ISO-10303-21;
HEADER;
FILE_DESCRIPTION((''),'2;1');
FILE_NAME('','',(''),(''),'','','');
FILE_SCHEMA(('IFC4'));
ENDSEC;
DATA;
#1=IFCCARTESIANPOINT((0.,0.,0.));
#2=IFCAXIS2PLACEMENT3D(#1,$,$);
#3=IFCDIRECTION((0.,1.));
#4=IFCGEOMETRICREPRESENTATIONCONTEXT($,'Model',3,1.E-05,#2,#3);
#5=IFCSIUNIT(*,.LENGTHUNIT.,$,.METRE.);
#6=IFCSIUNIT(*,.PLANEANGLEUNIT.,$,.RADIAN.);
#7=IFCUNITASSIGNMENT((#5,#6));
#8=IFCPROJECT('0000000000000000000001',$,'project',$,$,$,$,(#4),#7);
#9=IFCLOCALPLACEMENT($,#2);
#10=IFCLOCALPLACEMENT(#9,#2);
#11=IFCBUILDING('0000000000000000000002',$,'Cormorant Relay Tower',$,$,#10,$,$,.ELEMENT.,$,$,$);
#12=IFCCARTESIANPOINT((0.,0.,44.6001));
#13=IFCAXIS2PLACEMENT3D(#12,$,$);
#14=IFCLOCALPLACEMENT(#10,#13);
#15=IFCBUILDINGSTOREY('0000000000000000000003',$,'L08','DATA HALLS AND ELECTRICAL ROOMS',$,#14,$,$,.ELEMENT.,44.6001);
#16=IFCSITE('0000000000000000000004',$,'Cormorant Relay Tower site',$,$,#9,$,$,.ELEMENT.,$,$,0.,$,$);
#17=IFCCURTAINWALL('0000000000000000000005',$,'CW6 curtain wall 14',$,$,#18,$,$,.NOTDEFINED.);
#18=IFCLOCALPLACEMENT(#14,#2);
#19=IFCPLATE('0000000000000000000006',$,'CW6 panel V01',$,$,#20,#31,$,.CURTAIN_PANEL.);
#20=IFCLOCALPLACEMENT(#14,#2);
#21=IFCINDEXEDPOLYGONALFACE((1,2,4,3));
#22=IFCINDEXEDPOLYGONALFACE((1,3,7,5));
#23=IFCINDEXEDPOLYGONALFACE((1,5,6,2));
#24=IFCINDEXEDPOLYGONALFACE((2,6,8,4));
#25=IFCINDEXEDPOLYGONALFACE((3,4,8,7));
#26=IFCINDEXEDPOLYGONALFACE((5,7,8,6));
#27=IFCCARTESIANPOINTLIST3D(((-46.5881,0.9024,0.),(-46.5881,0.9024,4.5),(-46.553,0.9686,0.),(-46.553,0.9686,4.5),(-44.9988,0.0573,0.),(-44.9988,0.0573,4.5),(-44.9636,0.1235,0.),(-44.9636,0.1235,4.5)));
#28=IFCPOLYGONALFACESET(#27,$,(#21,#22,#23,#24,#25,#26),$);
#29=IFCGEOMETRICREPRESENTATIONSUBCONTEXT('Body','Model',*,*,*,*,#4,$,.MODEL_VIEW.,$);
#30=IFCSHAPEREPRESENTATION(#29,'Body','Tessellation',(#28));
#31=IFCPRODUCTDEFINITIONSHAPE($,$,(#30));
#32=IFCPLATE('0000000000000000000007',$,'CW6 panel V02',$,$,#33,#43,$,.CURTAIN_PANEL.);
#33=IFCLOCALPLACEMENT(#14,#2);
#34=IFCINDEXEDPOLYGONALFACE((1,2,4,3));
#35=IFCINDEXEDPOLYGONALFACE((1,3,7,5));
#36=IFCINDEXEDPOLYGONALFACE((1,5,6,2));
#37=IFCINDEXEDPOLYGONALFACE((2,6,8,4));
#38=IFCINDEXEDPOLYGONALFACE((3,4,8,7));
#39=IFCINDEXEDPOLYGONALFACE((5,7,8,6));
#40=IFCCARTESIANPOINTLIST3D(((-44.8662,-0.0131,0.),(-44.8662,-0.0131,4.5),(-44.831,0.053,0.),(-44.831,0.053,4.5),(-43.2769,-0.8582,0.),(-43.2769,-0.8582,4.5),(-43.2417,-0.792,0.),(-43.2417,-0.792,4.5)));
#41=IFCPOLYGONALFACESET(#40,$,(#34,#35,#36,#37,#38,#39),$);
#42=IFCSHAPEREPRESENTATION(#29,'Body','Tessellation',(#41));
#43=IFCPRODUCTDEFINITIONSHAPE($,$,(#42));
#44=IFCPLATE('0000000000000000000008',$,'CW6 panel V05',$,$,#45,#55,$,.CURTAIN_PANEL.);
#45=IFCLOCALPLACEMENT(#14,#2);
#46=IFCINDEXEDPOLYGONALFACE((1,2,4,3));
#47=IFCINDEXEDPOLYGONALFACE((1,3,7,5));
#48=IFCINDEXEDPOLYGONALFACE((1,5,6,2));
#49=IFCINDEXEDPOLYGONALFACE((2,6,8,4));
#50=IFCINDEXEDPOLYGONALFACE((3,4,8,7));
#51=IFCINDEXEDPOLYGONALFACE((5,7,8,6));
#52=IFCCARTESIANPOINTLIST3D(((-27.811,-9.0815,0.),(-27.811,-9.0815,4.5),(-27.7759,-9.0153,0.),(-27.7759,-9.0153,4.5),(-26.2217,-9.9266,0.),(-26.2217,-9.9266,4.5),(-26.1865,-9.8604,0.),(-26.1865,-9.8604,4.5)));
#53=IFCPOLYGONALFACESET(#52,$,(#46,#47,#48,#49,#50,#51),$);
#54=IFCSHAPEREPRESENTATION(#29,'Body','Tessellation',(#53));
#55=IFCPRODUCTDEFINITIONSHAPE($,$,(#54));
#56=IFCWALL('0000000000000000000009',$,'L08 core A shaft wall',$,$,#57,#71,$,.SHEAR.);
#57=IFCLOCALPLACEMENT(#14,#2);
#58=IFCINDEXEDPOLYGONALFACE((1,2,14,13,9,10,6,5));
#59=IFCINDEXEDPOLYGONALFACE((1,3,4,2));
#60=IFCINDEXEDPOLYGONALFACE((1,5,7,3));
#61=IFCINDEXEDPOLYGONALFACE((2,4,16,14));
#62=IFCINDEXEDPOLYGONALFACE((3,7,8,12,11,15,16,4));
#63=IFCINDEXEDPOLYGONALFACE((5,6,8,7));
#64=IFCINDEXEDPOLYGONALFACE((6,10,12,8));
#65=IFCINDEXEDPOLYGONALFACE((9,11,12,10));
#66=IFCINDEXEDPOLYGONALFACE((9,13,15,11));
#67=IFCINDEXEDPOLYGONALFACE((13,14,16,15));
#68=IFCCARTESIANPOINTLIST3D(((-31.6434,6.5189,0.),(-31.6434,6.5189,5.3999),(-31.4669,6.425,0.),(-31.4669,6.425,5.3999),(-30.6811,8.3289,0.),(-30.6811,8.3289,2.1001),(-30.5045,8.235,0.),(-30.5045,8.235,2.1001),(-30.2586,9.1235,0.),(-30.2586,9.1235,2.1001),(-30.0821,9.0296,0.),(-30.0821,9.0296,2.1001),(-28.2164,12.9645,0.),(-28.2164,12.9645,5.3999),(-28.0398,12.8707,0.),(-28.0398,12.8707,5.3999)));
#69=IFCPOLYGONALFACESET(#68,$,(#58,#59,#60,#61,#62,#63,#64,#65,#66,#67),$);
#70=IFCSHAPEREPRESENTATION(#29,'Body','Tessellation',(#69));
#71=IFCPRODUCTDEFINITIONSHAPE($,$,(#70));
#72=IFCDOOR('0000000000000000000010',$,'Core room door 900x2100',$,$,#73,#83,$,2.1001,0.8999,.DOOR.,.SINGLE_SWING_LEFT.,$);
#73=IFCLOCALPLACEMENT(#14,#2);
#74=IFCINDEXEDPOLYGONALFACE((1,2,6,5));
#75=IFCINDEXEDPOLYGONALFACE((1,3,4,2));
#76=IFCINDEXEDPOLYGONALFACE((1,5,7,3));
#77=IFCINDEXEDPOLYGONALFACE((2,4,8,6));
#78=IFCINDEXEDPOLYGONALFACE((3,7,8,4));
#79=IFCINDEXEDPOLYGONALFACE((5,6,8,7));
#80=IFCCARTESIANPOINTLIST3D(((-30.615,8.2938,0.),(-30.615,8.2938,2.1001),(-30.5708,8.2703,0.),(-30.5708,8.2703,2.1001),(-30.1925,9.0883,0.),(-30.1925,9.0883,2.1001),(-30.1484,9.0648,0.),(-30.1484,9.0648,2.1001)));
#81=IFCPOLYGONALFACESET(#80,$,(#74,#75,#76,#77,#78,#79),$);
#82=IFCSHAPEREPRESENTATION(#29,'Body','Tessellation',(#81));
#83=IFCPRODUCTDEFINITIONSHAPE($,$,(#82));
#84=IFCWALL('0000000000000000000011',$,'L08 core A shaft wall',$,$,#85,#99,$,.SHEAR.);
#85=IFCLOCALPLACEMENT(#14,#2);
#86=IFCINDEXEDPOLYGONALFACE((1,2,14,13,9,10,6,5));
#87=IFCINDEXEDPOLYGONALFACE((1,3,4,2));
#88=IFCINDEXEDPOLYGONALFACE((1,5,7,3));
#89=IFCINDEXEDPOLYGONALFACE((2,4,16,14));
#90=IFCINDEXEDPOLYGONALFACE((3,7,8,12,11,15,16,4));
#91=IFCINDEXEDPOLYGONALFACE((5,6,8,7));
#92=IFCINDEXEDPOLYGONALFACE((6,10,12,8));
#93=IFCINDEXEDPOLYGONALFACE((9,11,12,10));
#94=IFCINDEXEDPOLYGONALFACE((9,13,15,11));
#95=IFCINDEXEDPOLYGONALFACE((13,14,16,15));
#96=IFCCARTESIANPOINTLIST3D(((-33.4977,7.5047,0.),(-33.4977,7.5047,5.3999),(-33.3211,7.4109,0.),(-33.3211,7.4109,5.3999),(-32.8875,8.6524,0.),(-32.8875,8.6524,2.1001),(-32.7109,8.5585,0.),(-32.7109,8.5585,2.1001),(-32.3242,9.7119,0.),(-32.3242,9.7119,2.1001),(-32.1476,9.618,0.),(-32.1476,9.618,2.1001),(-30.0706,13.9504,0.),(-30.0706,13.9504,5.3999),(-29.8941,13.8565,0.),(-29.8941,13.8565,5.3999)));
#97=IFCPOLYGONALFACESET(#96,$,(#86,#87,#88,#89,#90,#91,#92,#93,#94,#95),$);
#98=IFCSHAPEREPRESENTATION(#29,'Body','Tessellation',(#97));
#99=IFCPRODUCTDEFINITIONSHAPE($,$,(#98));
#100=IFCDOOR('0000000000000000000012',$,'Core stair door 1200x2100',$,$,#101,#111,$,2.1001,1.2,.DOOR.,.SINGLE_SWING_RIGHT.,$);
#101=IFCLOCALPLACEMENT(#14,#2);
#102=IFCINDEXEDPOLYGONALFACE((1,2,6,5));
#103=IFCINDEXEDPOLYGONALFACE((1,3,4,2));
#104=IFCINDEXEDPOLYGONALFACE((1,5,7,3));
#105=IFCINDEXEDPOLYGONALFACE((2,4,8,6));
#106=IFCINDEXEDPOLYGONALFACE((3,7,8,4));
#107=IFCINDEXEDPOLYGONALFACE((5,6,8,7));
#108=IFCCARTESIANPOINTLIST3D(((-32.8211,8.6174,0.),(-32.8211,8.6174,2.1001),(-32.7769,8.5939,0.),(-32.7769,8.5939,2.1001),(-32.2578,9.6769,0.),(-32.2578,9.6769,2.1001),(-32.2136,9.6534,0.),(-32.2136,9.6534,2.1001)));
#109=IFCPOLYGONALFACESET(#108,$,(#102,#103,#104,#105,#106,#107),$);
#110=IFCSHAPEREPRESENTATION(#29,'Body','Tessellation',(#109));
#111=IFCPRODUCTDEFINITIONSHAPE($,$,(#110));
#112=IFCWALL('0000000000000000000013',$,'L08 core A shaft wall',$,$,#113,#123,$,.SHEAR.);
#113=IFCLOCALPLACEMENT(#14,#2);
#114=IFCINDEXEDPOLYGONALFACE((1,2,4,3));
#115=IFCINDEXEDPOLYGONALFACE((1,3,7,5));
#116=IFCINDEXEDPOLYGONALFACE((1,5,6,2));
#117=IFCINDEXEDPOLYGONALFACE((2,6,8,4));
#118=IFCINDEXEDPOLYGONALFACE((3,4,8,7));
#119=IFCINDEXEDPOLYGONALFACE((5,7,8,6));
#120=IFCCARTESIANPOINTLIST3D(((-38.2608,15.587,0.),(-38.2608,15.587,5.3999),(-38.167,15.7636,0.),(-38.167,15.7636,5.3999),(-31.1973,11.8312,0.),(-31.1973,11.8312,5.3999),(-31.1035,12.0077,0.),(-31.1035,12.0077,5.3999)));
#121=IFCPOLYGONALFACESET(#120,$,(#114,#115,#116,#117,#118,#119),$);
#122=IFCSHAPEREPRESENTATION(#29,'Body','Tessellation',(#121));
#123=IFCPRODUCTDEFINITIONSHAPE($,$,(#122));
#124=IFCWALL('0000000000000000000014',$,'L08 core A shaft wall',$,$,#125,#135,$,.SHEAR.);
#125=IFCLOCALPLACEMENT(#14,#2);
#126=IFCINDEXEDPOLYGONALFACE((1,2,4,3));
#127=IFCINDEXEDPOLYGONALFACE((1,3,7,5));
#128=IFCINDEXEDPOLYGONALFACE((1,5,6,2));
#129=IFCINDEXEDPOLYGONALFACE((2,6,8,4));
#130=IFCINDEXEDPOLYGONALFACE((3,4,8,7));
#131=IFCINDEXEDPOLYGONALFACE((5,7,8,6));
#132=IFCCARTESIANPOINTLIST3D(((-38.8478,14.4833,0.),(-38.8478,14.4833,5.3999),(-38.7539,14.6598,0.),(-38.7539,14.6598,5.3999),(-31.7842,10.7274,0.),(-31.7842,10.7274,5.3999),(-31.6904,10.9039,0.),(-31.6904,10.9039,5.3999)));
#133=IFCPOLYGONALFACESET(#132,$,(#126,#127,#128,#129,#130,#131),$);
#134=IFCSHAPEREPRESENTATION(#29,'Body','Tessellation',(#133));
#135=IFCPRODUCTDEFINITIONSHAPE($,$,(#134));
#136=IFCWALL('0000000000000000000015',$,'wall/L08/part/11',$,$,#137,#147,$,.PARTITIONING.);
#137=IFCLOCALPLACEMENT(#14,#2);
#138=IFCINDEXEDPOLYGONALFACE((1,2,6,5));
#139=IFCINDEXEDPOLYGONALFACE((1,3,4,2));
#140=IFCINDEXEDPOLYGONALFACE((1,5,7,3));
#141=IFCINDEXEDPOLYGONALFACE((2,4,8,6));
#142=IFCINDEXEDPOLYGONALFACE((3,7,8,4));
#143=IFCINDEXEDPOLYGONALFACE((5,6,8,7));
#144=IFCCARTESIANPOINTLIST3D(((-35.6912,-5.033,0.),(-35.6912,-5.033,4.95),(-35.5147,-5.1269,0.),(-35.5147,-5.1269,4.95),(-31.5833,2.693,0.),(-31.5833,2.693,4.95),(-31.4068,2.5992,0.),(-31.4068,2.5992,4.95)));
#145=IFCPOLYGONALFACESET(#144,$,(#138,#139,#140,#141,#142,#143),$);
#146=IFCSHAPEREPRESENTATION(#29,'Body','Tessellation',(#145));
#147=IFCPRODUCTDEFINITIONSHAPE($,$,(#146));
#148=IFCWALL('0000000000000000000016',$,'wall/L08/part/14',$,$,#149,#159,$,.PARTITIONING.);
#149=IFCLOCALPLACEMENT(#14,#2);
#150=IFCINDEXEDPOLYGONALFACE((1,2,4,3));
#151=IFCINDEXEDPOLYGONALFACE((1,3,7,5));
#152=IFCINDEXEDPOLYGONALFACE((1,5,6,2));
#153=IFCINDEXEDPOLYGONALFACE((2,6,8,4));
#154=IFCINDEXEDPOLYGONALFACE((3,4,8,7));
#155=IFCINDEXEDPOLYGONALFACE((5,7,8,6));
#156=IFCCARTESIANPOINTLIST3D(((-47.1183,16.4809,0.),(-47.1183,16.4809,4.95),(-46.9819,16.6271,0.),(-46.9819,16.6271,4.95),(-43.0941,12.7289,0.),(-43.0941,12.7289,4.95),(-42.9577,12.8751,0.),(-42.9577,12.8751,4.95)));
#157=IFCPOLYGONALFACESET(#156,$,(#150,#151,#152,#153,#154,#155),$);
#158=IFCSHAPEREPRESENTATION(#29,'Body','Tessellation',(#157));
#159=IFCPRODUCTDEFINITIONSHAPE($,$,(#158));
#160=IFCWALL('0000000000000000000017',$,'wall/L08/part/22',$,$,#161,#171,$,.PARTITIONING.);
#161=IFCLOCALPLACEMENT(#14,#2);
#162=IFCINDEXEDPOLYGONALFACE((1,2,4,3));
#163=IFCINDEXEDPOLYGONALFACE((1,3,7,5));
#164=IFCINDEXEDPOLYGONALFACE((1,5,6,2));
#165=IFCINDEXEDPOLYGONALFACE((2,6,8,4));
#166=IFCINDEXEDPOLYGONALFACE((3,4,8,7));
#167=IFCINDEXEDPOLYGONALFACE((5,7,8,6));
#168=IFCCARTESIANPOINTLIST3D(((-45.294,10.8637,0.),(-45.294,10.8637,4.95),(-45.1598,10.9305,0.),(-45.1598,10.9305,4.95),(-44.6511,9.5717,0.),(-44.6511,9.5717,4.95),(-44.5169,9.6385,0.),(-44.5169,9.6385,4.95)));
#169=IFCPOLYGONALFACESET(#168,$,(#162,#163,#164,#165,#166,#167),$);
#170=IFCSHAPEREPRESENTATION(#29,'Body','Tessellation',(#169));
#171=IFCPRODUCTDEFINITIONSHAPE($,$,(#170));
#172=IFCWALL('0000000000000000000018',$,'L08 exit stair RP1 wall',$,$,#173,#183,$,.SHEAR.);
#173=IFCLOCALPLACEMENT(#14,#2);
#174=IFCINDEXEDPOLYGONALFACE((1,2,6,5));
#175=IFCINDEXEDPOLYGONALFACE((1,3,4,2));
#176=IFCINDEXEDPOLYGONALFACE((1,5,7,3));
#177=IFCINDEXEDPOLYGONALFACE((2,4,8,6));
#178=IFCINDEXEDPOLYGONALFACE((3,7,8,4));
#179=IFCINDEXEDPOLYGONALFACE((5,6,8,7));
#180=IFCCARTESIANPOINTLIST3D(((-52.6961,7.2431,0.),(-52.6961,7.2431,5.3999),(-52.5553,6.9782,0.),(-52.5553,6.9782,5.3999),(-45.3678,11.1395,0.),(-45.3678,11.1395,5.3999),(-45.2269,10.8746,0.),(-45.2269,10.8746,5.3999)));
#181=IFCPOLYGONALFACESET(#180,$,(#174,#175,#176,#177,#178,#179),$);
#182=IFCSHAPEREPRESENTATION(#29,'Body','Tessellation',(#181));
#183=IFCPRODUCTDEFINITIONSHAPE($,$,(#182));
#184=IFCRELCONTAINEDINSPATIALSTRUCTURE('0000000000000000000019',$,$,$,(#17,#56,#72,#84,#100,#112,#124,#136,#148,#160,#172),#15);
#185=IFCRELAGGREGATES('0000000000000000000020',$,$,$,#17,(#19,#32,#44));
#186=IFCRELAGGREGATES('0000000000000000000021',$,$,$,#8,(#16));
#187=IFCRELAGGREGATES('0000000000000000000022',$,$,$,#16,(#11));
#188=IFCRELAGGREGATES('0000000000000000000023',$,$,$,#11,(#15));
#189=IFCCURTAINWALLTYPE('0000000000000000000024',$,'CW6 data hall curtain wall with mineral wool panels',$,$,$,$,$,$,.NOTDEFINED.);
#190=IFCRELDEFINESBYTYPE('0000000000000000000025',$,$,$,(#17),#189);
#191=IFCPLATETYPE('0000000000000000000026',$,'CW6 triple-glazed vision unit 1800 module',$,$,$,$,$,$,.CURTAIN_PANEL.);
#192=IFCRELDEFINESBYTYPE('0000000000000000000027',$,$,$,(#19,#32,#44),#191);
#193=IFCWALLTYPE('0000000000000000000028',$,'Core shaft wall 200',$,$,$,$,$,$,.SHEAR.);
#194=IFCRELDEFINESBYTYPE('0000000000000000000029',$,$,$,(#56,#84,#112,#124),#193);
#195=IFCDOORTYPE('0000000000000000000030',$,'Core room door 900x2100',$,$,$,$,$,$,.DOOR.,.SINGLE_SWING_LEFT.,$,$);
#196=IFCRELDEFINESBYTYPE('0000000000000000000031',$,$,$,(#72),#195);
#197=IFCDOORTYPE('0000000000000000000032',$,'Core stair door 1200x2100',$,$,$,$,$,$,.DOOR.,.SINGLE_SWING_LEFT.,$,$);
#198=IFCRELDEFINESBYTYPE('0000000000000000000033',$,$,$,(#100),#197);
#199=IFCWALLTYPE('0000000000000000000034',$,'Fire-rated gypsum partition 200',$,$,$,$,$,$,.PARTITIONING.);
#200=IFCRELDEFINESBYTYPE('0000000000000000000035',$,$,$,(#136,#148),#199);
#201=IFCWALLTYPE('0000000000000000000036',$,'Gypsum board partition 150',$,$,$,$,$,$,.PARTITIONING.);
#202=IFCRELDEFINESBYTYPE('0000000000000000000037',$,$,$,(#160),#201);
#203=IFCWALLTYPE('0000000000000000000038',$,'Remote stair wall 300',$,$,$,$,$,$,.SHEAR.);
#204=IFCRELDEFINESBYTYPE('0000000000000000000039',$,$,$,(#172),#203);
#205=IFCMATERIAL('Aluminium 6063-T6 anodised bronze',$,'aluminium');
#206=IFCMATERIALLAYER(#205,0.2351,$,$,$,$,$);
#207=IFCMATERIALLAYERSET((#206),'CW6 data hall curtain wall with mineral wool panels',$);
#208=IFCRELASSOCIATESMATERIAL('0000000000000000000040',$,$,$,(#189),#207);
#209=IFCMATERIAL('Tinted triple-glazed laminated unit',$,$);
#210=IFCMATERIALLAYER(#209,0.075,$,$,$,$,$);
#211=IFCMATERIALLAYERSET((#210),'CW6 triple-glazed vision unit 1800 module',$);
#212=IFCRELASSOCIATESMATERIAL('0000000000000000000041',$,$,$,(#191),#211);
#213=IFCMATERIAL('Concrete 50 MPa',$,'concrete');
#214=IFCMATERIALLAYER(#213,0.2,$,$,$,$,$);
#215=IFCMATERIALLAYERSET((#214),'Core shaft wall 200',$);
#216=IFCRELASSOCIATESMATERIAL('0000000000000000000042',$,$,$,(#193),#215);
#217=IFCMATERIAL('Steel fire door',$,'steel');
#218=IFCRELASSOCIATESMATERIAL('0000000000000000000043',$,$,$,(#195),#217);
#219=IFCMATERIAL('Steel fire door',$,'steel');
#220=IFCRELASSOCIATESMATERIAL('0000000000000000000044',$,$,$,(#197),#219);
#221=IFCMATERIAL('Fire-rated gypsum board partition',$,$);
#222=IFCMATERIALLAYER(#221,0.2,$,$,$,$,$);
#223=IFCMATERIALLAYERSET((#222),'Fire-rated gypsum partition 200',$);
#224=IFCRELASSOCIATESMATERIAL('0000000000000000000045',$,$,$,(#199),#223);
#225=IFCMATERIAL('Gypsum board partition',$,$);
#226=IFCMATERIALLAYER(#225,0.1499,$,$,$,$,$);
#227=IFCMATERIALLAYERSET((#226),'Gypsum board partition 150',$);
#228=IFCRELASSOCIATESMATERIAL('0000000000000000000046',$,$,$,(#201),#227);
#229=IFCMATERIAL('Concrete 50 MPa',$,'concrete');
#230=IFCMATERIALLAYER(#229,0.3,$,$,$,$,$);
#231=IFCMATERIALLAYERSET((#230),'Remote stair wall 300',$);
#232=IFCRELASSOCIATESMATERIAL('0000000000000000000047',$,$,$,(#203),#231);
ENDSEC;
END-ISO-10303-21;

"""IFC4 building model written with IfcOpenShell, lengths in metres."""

from ifc_helpers import new_model, si_unit, direction, frame, frame_2d, origin, origin_2d, place, context, subcontext, project, spatial, rectangle, extrude, material, layer, layer_set, type_object, element, fill, aggregate, save


model = new_model("IFC4")

# Units and contexts
model_context = context("Model", 3, precision=1e-05, world=origin(), true_north=direction((0.0, 1.0)))
body_context = subcontext(model_context, "Body", "Model", "MODEL_VIEW")
ifc_project = project(units=[si_unit("LENGTHUNIT", "METRE"), si_unit("PLANEANGLEUNIT", "RADIAN")], contexts=[model_context])

# Site, building, storey
site_placement = place(None, origin())
site = spatial("IfcSite", under=ifc_project, at=site_placement, Name="Cormorant Relay Tower site", CompositionType="ELEMENT", RefElevation=0.0)
building_placement = place(site_placement, origin())
building = spatial("IfcBuilding", under=site, at=building_placement, Name="Cormorant Relay Tower", CompositionType="ELEMENT")
storey_placement = place(building_placement, frame((0.0, 0.0, 44.6001)))
storey = spatial("IfcBuildingStorey", under=building, at=storey_placement, Name="L08", Description="DATA HALLS AND ELECTRICAL ROOMS", CompositionType="ELEMENT", Elevation=44.6001)

# Curtain wall, plates
ifc_material_1 = material(Name="Aluminium 6063-T6 anodised bronze", Category="aluminium")
ifc_layer_1 = layer(ifc_material_1, 0.2351)
ifc_layer_set_1 = layer_set([ifc_layer_1], Name="CW6 data hall curtain wall with mineral wool panels")
curtain_wall_type = type_object("IfcCurtainWallType", Name="CW6 data hall curtain wall with mineral wool panels", PredefinedType="NOTDEFINED", material=ifc_layer_set_1)
curtain_wall_placement = place(storey_placement, origin())
curtain_wall = element("IfcCurtainWall", 1, at=curtain_wall_placement, inside=storey, type_object=curtain_wall_type, Name="CW6 curtain wall 14", PredefinedType="NOTDEFINED")
ifc_material_2 = material(Name="Tinted triple-glazed laminated unit")
ifc_layer_2 = layer(ifc_material_2, 0.075)
ifc_layer_set_2 = layer_set([ifc_layer_2], Name="CW6 triple-glazed vision unit 1800 module")
plate_type = type_object("IfcPlateType", Name="CW6 triple-glazed vision unit 1800 module", PredefinedType="CURTAIN_PANEL", material=ifc_layer_set_2)
plate_1_placement = place(storey_placement, frame((-45.7759, 0.5129, 0.0), z_axis=(0.0, 0.0, 1.0), x_axis=(0.882948, -0.469472, 0.0)))
plate_1 = element("IfcPlate", 2, at=plate_1_placement, type_object=plate_type, Name="CW6 panel V01", PredefinedType="CURTAIN_PANEL", context=body_context, shape_type="SweptSolid", body=[
    extrude(rectangle(XDim=1.8, YDim=0.075, at=origin_2d()), origin(), (0.0, 0.0, 1.0), 4.5),
])
plate_2_placement = place(storey_placement, frame((-44.054, -0.4026, 0.0), z_axis=(0.0, 0.0, 1.0), x_axis=(0.882948, -0.469472, 0.0)))
plate_2 = element("IfcPlate", 3, at=plate_2_placement, type_object=plate_type, Name="CW6 panel V02", PredefinedType="CURTAIN_PANEL", context=body_context, shape_type="SweptSolid", body=[
    extrude(rectangle(XDim=1.8, YDim=0.075, at=origin_2d()), origin(), (0.0, 0.0, 1.0), 4.5),
])
plate_3_placement = place(storey_placement, frame((-26.9988, -9.4709, 0.0), z_axis=(0.0, 0.0, 1.0), x_axis=(0.882948, -0.469472, 0.0)))
plate_3 = element("IfcPlate", 4, at=plate_3_placement, type_object=plate_type, Name="CW6 panel V05", PredefinedType="CURTAIN_PANEL", context=body_context, shape_type="SweptSolid", body=[
    extrude(rectangle(XDim=1.8, YDim=0.075, at=origin_2d()), origin(), (0.0, 0.0, 1.0), 4.5),
])

# Walls, openings, doors
ifc_material_3 = material(Name="Concrete 50 MPa", Category="concrete")
ifc_layer_3 = layer(ifc_material_3, 0.2)
ifc_layer_set_3 = layer_set([ifc_layer_3], Name="Core shaft wall 200")
wall_type_1 = type_object("IfcWallType", Name="Core shaft wall 200", PredefinedType="SHEAR", material=ifc_layer_set_3)
wall_1_placement = place(storey_placement, frame((-28.1282, 12.9175, 0.0), z_axis=(0.0, 0.0, 1.0), x_axis=(-0.469454, -0.882957, 0.0)))
wall_1 = element("IfcWall", 5, at=wall_1_placement, inside=storey, type_object=wall_type_1, Name="L08 core A shaft wall", PredefinedType="SHEAR", context=body_context, shape_type="SweptSolid", body=[
    extrude(rectangle(XDim=7.3, YDim=0.2, at=frame_2d((3.6499, 0.0))), origin(), (0.0, 0.0, 1.0), 5.3999),
])
opening_1_placement = place(wall_1_placement, frame((4.3501, 0.0, 0.0)))
opening_1 = element("IfcOpeningElement", 6, at=opening_1_placement, cuts=wall_1, PredefinedType="OPENING", context=body_context, shape_type="SweptSolid", body=[
    extrude(rectangle(XDim=0.8999, YDim=2.1001, at=frame_2d((0.45, 1.05))), frame((0.0, 0.1099, 0.0), z_axis=(0.0, -1.0, 0.0), x_axis=(1.0, 0.0, 0.0)), (0.0, 0.0, 1.0), 0.22),
])
ifc_material_4 = material(Name="Steel fire door", Category="steel")
door_type_1 = type_object("IfcDoorType", Name="Core room door 900x2100", OperationType="SINGLE_SWING_LEFT", PredefinedType="DOOR", material=ifc_material_4)
door_1_placement = place(opening_1_placement, origin())
door_1 = element("IfcDoor", 7, at=door_1_placement, inside=storey, type_object=door_type_1, Name="Core room door 900x2100", OperationType="SINGLE_SWING_LEFT", OverallHeight=2.1001, OverallWidth=0.8999, PredefinedType="DOOR", context=body_context, shape_type="SweptSolid", body=[
    extrude(rectangle(XDim=0.8999, YDim=2.1001, at=frame_2d((0.45, 1.05))), frame((0.0, 0.0249, 0.0), z_axis=(0.0, -1.0, 0.0), x_axis=(1.0, 0.0, 0.0)), (0.0, 0.0, 1.0), 0.05),
])
fill(opening_1, door_1)
wall_2_placement = place(storey_placement, frame((-29.9824, 13.9033, 0.0), z_axis=(0.0, 0.0, 1.0), x_axis=(-0.469454, -0.882957, 0.0)))
wall_2 = element("IfcWall", 8, at=wall_2_placement, inside=storey, type_object=wall_type_1, Name="L08 core A shaft wall", PredefinedType="SHEAR", context=body_context, shape_type="SweptSolid", body=[
    extrude(rectangle(XDim=7.3, YDim=0.2, at=frame_2d((3.6499, 0.0))), origin(), (0.0, 0.0, 1.0), 5.3999),
])
opening_2_placement = place(wall_2_placement, frame((4.8, 0.0, 0.0)))
opening_2 = element("IfcOpeningElement", 9, at=opening_2_placement, cuts=wall_2, PredefinedType="OPENING", context=body_context, shape_type="SweptSolid", body=[
    extrude(rectangle(XDim=1.2, YDim=2.1001, at=frame_2d((0.6001, 1.05))), frame((0.0, 0.1099, 0.0), z_axis=(0.0, -1.0, 0.0), x_axis=(1.0, 0.0, 0.0)), (0.0, 0.0, 1.0), 0.22),
])
ifc_material_5 = material(Name="Steel fire door", Category="steel")
door_type_2 = type_object("IfcDoorType", Name="Core stair door 1200x2100", OperationType="SINGLE_SWING_LEFT", PredefinedType="DOOR", material=ifc_material_5)
door_2_placement = place(opening_2_placement, frame((1.2, 0.0, 0.0), z_axis=(0.0, 0.0, 1.0), x_axis=(-1.0, 0.0, 0.0)))
door_2 = element("IfcDoor", 10, at=door_2_placement, inside=storey, type_object=door_type_2, Name="Core stair door 1200x2100", OperationType="SINGLE_SWING_RIGHT", OverallHeight=2.1001, OverallWidth=1.2, PredefinedType="DOOR", context=body_context, shape_type="SweptSolid", body=[
    extrude(rectangle(XDim=1.2, YDim=2.1001, at=frame_2d((0.6001, 1.05))), frame((0.0, 0.0249, 0.0), z_axis=(0.0, -1.0, 0.0), x_axis=(1.0, 0.0, 0.0)), (0.0, 0.0, 1.0), 0.05),
])
fill(opening_2, door_2)

# Walls
for number, where, z_axis, x_axis, name in (
    (11, (-31.1504, 11.9194, 0.0), (0.0, 0.0, 1.0), (-0.88294, 0.469485, 0.0), "L08 core A shaft wall"),
    (12, (-31.7373, 10.8157, 0.0), (0.0, 0.0, 1.0), (-0.88294, 0.469485, 0.0), "L08 core A shaft wall"),
):
    element("IfcWall", number, at=place(storey_placement, frame(where, z_axis=z_axis, x_axis=x_axis)), inside=storey, type_object=wall_type_1, Name=name, PredefinedType="SHEAR", context=body_context, shape_type="SweptSolid", body=[
        extrude(rectangle(XDim=8.0, YDim=0.2, at=frame_2d((4.0, 0.0))), origin(), (0.0, 0.0, 1.0), 5.3999),
    ])
ifc_material_6 = material(Name="Fire-rated gypsum board partition")
ifc_layer_4 = layer(ifc_material_6, 0.2)
ifc_layer_set_4 = layer_set([ifc_layer_4], Name="Fire-rated gypsum partition 200")
wall_type_2 = type_object("IfcWallType", Name="Fire-rated gypsum partition 200", PredefinedType="PARTITIONING", material=ifc_layer_set_4)
wall_3_placement = place(storey_placement, frame((-31.4951, 2.646, 0.0), z_axis=(0.0, 0.0, 1.0), x_axis=(-0.469461, -0.882953, 0.0)))
element("IfcWall", 13, at=wall_3_placement, inside=storey, type_object=wall_type_2, Name="wall/L08/part/11", PredefinedType="PARTITIONING", context=body_context, shape_type="SweptSolid", body=[
    extrude(rectangle(XDim=8.7502, YDim=0.2, at=frame_2d((4.375, 0.0))), origin(), (0.0, 0.0, 1.0), 4.95),
])
wall_4_placement = place(storey_placement, frame((-43.0259, 12.802, 0.0), z_axis=(0.0, 0.0, 1.0), x_axis=(-0.731412, 0.681936, 0.0)))
element("IfcWall", 14, at=wall_4_placement, inside=storey, type_object=wall_type_2, Name="wall/L08/part/14", PredefinedType="PARTITIONING", context=body_context, shape_type="SweptSolid", body=[
    extrude(rectangle(XDim=5.502, YDim=0.2, at=frame_2d((2.751, 0.0))), origin(), (0.0, 0.0, 1.0), 4.95),
])
ifc_material_7 = material(Name="Gypsum board partition")
ifc_layer_5 = layer(ifc_material_7, 0.1499)
ifc_layer_set_5 = layer_set([ifc_layer_5], Name="Gypsum board partition 150")
wall_type_3 = type_object("IfcWallType", Name="Gypsum board partition 150", PredefinedType="PARTITIONING", material=ifc_layer_set_5)
wall_5_placement = place(storey_placement, frame((-44.584, 9.605, 0.0), z_axis=(0.0, 0.0, 1.0), x_axis=(-0.445453, 0.895305, 0.0)))
element("IfcWall", 15, at=wall_5_placement, inside=storey, type_object=wall_type_3, Name="wall/L08/part/22", PredefinedType="PARTITIONING", context=body_context, shape_type="SweptSolid", body=[
    extrude(rectangle(XDim=1.4431, YDim=0.1499, at=frame_2d((0.7217, 0.0))), origin(), (0.0, 0.0, 1.0), 4.95),
])
ifc_material_8 = material(Name="Concrete 50 MPa", Category="concrete")
ifc_layer_6 = layer(ifc_material_8, 0.3)
ifc_layer_set_6 = layer_set([ifc_layer_6], Name="Remote stair wall 300")
wall_type_4 = type_object("IfcWallType", Name="Remote stair wall 300", PredefinedType="SHEAR", material=ifc_layer_set_6)
wall_6_placement = place(storey_placement, frame((-45.2974, 11.0071, 0.0), z_axis=(0.0, 0.0, 1.0), x_axis=(-0.882952, -0.469464, 0.0)))
element("IfcWall", 16, at=wall_6_placement, inside=storey, type_object=wall_type_4, Name="L08 exit stair RP1 wall", PredefinedType="SHEAR", context=body_context, shape_type="SweptSolid", body=[
    extrude(rectangle(XDim=8.2998, YDim=0.3, at=frame_2d((4.1499, 0.0))), origin(), (0.0, 0.0, 1.0), 5.3999),
])

aggregate(curtain_wall, [plate_1, plate_2, plate_3])

save(model, "model.ifc")
